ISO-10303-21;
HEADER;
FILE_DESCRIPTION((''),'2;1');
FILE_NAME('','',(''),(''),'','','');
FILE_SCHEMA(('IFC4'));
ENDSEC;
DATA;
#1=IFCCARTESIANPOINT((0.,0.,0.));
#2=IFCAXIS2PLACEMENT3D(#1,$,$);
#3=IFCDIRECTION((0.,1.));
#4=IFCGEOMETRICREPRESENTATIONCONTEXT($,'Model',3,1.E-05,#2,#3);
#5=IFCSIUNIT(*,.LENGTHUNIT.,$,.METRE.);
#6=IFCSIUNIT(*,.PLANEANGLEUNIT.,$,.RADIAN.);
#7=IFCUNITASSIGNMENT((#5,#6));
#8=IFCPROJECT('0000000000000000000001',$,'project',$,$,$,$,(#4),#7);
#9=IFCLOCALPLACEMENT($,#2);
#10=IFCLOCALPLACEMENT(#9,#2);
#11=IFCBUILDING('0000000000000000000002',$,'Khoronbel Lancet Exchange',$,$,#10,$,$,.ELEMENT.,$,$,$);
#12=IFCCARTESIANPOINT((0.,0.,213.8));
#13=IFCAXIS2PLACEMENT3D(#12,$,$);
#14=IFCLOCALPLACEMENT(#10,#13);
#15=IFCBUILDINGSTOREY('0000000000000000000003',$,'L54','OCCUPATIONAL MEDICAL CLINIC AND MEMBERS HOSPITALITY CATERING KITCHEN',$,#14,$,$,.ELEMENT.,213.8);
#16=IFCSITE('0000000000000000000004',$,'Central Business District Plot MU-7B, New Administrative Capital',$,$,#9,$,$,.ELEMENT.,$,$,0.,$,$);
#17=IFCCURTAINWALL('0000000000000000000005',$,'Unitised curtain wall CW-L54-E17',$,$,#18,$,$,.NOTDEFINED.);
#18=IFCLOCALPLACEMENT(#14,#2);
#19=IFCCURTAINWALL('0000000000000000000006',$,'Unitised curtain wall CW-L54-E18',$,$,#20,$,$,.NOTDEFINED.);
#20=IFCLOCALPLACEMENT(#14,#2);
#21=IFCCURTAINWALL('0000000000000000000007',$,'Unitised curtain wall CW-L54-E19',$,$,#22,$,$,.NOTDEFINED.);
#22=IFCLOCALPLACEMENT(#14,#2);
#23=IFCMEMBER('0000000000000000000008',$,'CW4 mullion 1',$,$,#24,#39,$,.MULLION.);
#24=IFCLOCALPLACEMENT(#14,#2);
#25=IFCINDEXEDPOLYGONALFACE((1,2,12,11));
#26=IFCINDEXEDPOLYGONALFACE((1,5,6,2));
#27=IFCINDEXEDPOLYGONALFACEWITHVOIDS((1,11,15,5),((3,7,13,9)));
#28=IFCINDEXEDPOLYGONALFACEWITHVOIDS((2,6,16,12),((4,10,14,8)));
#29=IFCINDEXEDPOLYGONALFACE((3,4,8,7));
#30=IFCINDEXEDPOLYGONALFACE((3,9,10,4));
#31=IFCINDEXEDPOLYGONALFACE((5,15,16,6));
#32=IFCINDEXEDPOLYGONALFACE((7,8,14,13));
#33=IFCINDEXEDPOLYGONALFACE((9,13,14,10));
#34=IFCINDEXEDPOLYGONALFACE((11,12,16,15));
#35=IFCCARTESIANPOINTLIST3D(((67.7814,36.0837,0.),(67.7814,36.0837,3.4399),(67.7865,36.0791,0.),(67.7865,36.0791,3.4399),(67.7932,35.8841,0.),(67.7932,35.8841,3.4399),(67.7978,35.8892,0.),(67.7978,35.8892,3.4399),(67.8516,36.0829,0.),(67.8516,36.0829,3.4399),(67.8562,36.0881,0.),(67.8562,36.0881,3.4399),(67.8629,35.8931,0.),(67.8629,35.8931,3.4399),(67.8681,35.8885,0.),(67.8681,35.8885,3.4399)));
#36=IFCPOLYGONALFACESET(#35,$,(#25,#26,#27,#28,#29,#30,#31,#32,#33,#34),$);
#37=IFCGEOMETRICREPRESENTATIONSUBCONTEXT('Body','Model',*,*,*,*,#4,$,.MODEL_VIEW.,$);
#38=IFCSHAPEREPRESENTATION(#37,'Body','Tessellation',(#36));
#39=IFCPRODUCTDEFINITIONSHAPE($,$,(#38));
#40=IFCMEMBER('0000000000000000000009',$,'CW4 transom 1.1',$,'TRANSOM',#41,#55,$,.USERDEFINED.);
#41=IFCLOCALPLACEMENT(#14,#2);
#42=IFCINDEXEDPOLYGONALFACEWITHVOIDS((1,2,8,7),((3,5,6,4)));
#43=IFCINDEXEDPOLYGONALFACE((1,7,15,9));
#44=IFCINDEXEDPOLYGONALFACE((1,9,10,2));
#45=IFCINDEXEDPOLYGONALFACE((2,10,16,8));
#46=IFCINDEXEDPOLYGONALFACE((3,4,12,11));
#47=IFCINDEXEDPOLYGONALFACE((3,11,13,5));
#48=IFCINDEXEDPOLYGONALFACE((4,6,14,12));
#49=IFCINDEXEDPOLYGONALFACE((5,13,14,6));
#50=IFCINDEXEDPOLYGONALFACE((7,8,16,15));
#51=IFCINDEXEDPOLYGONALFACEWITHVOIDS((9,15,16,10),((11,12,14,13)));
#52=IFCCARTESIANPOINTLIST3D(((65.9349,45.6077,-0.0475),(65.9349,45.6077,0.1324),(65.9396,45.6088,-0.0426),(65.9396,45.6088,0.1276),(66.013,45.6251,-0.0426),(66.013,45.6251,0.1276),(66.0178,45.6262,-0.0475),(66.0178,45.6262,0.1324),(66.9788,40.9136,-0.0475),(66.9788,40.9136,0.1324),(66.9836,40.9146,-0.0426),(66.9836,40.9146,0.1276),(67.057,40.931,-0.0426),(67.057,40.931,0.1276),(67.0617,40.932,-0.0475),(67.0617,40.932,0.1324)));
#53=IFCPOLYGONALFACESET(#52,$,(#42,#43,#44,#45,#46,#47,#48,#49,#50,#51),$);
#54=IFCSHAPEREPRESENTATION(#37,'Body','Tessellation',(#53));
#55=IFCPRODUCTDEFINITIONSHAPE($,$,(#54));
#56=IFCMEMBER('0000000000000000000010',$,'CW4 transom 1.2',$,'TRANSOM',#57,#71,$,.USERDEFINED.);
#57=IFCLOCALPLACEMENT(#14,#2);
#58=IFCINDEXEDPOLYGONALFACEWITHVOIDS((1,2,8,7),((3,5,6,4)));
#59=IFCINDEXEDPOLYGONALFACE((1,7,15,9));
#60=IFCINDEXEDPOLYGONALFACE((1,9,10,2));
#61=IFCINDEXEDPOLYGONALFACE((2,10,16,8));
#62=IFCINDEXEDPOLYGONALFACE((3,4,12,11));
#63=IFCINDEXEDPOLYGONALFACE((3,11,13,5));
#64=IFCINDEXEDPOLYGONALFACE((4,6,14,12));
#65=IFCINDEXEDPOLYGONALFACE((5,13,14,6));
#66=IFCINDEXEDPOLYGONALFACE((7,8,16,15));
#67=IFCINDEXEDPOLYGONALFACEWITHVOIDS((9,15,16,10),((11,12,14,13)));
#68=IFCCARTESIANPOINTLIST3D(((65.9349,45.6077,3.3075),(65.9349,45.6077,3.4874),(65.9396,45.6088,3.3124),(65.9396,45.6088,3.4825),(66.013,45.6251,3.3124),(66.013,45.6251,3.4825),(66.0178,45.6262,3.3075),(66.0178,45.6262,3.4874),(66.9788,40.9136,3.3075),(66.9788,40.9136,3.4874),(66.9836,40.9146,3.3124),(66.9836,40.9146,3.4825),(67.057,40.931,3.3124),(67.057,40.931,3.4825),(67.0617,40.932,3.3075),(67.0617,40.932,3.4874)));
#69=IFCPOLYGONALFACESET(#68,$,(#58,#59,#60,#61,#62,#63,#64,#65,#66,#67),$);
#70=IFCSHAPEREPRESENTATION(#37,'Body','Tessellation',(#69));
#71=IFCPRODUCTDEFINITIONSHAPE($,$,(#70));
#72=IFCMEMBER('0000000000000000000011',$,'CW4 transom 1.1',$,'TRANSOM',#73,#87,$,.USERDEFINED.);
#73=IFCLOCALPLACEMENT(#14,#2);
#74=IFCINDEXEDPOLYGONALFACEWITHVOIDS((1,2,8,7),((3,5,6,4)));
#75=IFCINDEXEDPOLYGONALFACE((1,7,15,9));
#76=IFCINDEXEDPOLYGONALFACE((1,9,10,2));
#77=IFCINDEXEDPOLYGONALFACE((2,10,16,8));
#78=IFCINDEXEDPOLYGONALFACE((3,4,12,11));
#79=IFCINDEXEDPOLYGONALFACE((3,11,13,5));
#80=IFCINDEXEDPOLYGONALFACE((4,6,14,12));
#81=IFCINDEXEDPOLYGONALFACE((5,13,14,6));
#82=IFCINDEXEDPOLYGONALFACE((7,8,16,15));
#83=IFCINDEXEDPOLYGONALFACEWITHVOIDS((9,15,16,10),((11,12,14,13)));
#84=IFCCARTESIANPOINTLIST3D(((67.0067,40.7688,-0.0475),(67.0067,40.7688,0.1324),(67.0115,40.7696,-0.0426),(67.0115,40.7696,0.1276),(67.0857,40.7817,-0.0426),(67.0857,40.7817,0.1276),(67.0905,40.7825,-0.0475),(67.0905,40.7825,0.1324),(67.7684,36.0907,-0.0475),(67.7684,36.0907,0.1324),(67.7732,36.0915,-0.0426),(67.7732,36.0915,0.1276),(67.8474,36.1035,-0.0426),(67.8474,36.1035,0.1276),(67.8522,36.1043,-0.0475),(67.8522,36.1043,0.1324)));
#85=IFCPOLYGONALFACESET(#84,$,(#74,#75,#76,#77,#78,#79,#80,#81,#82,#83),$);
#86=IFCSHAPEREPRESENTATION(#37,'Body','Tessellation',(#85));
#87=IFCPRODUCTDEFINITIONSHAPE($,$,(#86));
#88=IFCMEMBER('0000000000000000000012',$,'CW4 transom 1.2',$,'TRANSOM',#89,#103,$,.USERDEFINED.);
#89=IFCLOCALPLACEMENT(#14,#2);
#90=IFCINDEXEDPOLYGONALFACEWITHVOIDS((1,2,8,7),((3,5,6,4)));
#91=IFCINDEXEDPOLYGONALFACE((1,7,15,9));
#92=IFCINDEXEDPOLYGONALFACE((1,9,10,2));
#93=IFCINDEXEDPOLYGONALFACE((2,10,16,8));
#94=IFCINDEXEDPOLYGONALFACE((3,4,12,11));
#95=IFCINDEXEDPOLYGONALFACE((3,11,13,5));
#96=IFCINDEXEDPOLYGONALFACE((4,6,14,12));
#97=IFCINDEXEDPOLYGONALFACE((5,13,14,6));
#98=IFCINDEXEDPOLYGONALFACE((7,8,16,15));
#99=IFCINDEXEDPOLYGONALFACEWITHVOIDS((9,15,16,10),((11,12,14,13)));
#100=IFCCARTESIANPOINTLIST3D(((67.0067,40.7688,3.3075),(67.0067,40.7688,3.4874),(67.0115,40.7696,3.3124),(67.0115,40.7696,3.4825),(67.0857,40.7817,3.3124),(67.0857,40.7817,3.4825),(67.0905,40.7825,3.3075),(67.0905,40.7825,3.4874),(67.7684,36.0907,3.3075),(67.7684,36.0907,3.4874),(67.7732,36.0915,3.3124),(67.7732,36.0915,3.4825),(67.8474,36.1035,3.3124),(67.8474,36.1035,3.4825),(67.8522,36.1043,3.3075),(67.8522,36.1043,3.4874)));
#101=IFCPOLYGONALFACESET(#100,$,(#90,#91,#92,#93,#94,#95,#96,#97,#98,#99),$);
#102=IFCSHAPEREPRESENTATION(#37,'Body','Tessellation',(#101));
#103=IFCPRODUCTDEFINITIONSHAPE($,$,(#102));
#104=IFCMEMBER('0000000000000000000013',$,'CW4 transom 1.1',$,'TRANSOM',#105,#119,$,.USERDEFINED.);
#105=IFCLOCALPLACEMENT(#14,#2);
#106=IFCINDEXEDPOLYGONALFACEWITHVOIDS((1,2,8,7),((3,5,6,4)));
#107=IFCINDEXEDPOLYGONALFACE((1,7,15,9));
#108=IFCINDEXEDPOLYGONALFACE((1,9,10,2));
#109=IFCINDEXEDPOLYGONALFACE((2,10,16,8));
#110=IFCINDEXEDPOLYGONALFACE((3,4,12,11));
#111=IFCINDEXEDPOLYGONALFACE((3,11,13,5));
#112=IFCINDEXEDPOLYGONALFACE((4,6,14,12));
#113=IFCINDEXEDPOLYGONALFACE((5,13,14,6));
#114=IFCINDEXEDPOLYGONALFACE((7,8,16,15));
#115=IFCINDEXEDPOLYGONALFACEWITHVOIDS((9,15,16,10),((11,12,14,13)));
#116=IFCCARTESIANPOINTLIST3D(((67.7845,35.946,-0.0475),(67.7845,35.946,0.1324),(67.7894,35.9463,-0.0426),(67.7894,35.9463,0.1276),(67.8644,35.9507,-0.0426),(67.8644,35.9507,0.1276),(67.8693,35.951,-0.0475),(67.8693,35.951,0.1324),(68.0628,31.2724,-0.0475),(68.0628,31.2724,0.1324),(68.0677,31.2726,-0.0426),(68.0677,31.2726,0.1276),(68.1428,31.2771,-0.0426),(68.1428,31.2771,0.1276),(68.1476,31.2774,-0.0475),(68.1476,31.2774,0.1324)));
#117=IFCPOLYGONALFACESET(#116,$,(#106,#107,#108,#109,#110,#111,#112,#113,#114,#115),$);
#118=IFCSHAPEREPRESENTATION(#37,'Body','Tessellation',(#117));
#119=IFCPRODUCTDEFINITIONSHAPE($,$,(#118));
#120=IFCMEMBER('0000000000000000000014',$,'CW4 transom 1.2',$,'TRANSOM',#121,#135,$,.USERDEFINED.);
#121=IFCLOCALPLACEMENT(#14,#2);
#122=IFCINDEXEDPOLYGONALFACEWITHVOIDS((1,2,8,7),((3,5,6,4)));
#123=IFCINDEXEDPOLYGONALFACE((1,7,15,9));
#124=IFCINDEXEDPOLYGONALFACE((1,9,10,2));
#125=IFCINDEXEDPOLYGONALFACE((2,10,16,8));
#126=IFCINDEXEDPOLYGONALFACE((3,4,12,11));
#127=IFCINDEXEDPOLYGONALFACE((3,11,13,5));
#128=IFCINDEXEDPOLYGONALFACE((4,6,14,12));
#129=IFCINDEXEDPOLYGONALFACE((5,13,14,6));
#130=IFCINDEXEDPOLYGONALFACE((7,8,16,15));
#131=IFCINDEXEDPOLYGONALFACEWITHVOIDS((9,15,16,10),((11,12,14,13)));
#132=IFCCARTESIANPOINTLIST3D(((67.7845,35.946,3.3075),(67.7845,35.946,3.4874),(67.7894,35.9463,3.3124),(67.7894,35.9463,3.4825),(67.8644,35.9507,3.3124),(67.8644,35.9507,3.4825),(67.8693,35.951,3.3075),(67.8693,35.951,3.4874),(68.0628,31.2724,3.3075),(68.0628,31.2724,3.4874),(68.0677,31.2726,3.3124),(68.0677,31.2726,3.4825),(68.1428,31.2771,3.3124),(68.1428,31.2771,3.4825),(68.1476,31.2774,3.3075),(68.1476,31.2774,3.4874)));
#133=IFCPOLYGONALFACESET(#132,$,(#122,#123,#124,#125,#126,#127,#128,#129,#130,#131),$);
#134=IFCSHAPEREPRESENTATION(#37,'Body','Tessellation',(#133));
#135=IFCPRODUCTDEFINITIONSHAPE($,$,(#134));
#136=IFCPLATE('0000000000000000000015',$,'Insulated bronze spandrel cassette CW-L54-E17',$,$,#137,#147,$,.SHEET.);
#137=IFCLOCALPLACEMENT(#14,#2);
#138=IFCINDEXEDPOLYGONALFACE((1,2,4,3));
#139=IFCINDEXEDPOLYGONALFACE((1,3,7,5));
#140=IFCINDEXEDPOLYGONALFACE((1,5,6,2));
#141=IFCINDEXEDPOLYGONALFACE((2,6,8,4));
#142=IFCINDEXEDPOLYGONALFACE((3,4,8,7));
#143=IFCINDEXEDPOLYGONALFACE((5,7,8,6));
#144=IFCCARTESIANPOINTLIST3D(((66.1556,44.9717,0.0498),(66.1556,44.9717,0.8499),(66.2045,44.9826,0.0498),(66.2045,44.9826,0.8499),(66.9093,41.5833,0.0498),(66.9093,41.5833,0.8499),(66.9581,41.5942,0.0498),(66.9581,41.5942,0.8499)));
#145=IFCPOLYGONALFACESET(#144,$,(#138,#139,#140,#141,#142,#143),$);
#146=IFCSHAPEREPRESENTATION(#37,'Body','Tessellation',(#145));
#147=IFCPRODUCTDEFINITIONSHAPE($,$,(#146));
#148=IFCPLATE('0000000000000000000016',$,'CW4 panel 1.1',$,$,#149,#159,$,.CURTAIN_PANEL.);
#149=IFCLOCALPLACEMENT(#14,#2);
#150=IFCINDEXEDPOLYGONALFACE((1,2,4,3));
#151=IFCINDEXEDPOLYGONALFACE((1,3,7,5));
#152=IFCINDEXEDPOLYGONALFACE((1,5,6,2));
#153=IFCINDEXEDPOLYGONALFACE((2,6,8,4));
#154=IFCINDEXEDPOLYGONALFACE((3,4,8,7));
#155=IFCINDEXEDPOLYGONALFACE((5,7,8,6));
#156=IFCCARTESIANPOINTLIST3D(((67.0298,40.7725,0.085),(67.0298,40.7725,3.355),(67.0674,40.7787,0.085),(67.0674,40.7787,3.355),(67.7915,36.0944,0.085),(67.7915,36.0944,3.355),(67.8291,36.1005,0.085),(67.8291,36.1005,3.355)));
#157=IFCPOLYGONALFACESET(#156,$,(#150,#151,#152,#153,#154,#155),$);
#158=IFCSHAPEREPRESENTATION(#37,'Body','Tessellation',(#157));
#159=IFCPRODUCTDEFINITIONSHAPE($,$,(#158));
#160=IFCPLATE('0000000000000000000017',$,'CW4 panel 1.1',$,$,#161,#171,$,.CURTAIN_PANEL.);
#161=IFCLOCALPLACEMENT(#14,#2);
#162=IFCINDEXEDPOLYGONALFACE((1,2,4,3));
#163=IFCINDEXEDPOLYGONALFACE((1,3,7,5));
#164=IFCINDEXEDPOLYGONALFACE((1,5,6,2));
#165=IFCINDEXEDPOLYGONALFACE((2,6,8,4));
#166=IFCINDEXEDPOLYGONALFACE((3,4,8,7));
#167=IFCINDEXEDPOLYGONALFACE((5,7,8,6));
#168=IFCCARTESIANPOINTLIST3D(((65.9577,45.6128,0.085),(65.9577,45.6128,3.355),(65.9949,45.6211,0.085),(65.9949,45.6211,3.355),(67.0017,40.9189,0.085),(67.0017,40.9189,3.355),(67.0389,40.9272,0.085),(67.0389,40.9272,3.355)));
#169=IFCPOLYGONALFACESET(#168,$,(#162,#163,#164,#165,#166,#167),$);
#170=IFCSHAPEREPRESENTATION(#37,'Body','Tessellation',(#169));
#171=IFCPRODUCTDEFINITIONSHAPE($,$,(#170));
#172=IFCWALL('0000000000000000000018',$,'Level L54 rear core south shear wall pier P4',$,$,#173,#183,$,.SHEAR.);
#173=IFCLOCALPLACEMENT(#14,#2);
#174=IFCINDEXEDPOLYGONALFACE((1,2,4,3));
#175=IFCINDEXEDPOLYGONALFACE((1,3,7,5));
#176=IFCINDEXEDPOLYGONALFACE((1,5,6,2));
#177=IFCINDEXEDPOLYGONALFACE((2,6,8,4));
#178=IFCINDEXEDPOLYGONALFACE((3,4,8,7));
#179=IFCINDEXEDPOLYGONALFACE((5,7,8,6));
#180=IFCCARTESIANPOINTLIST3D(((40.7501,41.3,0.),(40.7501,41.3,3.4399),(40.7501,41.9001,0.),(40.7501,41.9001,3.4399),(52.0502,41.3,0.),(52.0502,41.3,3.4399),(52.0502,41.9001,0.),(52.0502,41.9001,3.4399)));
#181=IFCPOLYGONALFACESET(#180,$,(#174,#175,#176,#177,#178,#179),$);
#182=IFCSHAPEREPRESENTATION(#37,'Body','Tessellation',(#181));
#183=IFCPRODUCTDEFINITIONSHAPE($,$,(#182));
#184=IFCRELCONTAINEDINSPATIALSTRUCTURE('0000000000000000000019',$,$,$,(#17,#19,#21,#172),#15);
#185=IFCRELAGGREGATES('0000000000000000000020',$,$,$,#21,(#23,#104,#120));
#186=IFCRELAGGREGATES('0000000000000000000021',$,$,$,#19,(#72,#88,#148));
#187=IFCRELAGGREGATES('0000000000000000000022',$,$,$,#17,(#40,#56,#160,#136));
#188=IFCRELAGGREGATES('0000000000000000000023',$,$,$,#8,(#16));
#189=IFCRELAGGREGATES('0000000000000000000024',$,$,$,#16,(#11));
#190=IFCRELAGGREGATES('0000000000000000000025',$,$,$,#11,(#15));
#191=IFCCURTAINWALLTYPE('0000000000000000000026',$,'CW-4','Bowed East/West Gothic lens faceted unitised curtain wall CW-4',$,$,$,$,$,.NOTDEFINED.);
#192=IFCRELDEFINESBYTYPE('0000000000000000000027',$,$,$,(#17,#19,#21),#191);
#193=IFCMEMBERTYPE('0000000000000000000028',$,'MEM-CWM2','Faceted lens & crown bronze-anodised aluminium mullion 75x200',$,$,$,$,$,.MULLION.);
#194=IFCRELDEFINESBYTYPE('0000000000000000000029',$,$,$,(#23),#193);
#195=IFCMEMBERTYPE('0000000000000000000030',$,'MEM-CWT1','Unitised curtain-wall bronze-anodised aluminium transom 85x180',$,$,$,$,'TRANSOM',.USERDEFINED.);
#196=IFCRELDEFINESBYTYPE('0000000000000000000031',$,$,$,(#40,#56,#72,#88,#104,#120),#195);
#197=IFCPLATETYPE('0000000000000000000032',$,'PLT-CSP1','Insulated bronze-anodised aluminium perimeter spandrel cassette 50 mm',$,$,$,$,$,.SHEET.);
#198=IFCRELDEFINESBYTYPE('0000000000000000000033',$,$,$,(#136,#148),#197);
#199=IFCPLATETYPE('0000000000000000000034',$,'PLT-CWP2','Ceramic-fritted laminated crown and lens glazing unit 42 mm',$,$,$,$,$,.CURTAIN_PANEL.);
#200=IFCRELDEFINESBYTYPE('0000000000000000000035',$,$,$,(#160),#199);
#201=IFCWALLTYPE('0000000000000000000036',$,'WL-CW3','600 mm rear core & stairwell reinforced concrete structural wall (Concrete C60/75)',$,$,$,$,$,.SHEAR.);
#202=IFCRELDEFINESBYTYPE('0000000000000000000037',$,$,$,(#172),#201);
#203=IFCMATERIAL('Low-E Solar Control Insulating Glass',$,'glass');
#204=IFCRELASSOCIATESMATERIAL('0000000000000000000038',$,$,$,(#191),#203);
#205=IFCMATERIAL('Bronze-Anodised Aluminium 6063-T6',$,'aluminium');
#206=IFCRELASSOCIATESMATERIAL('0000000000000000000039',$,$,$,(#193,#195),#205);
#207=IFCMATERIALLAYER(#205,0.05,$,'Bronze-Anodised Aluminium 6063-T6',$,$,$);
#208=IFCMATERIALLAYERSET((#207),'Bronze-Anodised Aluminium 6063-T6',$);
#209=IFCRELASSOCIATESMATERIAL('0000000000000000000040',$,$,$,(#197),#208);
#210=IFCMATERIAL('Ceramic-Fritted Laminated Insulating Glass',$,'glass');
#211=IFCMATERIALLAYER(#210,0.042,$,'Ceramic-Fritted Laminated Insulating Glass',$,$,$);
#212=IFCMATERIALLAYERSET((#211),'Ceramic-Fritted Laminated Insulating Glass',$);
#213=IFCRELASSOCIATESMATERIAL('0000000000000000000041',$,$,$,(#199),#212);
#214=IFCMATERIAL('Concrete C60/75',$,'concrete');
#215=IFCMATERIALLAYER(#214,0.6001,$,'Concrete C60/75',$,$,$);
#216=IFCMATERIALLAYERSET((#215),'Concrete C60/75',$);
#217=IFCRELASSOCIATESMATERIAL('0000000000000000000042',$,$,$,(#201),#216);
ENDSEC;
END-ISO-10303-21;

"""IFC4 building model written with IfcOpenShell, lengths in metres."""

from ifc_helpers import new_model, si_unit, direction, frame, frame_2d, origin, origin_2d, place, context, subcontext, project, spatial, rectangle, hollow_rectangle, extrude, material, layer, layer_set, material_profile, profile_set, type_object, element, aggregate, save


model = new_model("IFC4")

# Units and contexts
model_context = context("Model", 3, precision=1e-05, world=origin(), true_north=direction((0.0, 1.0)))
body_context = subcontext(model_context, "Body", "Model", "MODEL_VIEW")
ifc_project = project(units=[si_unit("LENGTHUNIT", "METRE"), si_unit("PLANEANGLEUNIT", "RADIAN")], contexts=[model_context])

# Site, building, storey
site_placement = place(None, origin())
site = spatial("IfcSite", under=ifc_project, at=site_placement, Name="Central Business District Plot MU-7B, New Administrative Capital", CompositionType="ELEMENT", RefElevation=0.0)
building_placement = place(site_placement, origin())
building = spatial("IfcBuilding", under=site, at=building_placement, Name="Khoronbel Lancet Exchange", CompositionType="ELEMENT")
storey_placement = place(building_placement, frame((0.0, 0.0, 213.8)))
storey = spatial("IfcBuildingStorey", under=building, at=storey_placement, Name="L54", Description="OCCUPATIONAL MEDICAL CLINIC AND MEMBERS HOSPITALITY CATERING KITCHEN", CompositionType="ELEMENT", Elevation=213.8)

# Shared definitions
ifc_material_1 = material(Name="Concrete C60/75", Category="concrete")

# Curtain walls
ifc_material_2 = material(Name="Low-E Solar Control Insulating Glass", Category="glass")
curtain_wall_type = type_object("IfcCurtainWallType", Name="CW-4", Description="Bowed East/West Gothic lens faceted unitised curtain wall CW-4", PredefinedType="NOTDEFINED", material=ifc_material_2)
curtain_wall_1_placement = place(storey_placement, origin())
curtain_wall_1 = element("IfcCurtainWall", 1, at=curtain_wall_1_placement, inside=storey, type_object=curtain_wall_type, Name="Unitised curtain wall CW-L54-E17", PredefinedType="NOTDEFINED")
ifc_material_3 = material(Name="Bronze-Anodised Aluminium 6063-T6", Category="aluminium")
ifc_material_profile_1 = material_profile(ifc_material_3, hollow_rectangle(XDim=0.075, YDim=0.2, WallThickness=0.0049, at=origin_2d()), Name="ALU MULLION 75x200")
ifc_profile_set_1 = profile_set([ifc_material_profile_1], Name="Bronze-Anodised Aluminium 6063-T6")
member_type_1 = type_object("IfcMemberType", Name="MEM-CWM2", Description="Faceted lens & crown bronze-anodised aluminium mullion 75x200", PredefinedType="MULLION", material=ifc_profile_set_1)
curtain_wall_2_placement = place(storey_placement, origin())
curtain_wall_2 = element("IfcCurtainWall", 2, at=curtain_wall_2_placement, inside=storey, type_object=curtain_wall_type, Name="Unitised curtain wall CW-L54-E18", PredefinedType="NOTDEFINED")

# Curtain wall, member
curtain_wall_3_placement = place(storey_placement, origin())
curtain_wall_3 = element("IfcCurtainWall", 3, at=curtain_wall_3_placement, inside=storey, type_object=curtain_wall_type, Name="Unitised curtain wall CW-L54-E19", PredefinedType="NOTDEFINED")
member_1_placement = place(storey_placement, frame((67.8247, 35.9861, 0.0), z_axis=(0.0, 0.0, 1.0), x_axis=(0.99823, 0.059479, 0.0)))
member_1 = element("IfcMember", 4, at=member_1_placement, type_object=member_type_1, Name="CW4 mullion 1", PredefinedType="MULLION", context=body_context, shape_type="SweptSolid", body=[
    extrude(hollow_rectangle(XDim=0.075, YDim=0.2, WallThickness=0.0049, at=origin_2d()), origin(), (0.0, 0.0, 1.0), 3.4399),
])

# Members
ifc_material_profile_2 = material_profile(ifc_material_3, hollow_rectangle(XDim=0.085, YDim=0.1799, WallThickness=0.0049, at=origin_2d()), Name="ALU TRANSOM 85x180")
ifc_profile_set_2 = profile_set([ifc_material_profile_2], Name="Bronze-Anodised Aluminium 6063-T6")
member_type_2 = type_object("IfcMemberType", Name="MEM-CWT1", Description="Unitised curtain-wall bronze-anodised aluminium transom 85x180", ElementType="TRANSOM", PredefinedType="USERDEFINED", material=ifc_profile_set_2)
member_2_placement = place(storey_placement, frame((65.9763, 45.6169, 0.0425), z_axis=(0.217092, -0.976151, 0.0), x_axis=(0.976151, 0.217092, 0.0)))
member_2 = element("IfcMember", 5, at=member_2_placement, type_object=member_type_2, Name="CW4 transom 1.1", ObjectType="TRANSOM", PredefinedType="USERDEFINED", context=body_context, shape_type="SweptSolid", body=[
    extrude(hollow_rectangle(XDim=0.085, YDim=0.1799, WallThickness=0.0049, at=origin_2d()), origin(), (0.0, 0.0, 1.0), 4.8088),
])
member_3_placement = place(storey_placement, frame((65.9763, 45.6169, 3.3975), z_axis=(0.217092, -0.976151, 0.0), x_axis=(0.976151, 0.217092, 0.0)))
member_3 = element("IfcMember", 6, at=member_3_placement, type_object=member_type_2, Name="CW4 transom 1.2", ObjectType="TRANSOM", PredefinedType="USERDEFINED", context=body_context, shape_type="SweptSolid", body=[
    extrude(hollow_rectangle(XDim=0.085, YDim=0.1799, WallThickness=0.0049, at=origin_2d()), origin(), (0.0, 0.0, 1.0), 4.8088),
])
member_4_placement = place(storey_placement, frame((67.0486, 40.7756, 0.0425), z_axis=(0.160706, -0.987002, 0.0), x_axis=(0.987002, 0.160706, 0.0)))
member_4 = element("IfcMember", 7, at=member_4_placement, type_object=member_type_2, Name="CW4 transom 1.1", ObjectType="TRANSOM", PredefinedType="USERDEFINED", context=body_context, shape_type="SweptSolid", body=[
    extrude(hollow_rectangle(XDim=0.085, YDim=0.1799, WallThickness=0.0049, at=origin_2d()), origin(), (0.0, 0.0, 1.0), 4.7397),
])
member_5_placement = place(storey_placement, frame((67.0486, 40.7756, 3.3975), z_axis=(0.160706, -0.987002, 0.0), x_axis=(0.987002, 0.160706, 0.0)))
member_5 = element("IfcMember", 8, at=member_5_placement, type_object=member_type_2, Name="CW4 transom 1.2", ObjectType="TRANSOM", PredefinedType="USERDEFINED", context=body_context, shape_type="SweptSolid", body=[
    extrude(hollow_rectangle(XDim=0.085, YDim=0.1799, WallThickness=0.0049, at=origin_2d()), origin(), (0.0, 0.0, 1.0), 4.7397),
])
member_6_placement = place(storey_placement, frame((67.8269, 35.9485, 0.0425), z_axis=(0.059446, -0.998231, 0.0), x_axis=(0.998231, 0.059446, 0.0)))
member_6 = element("IfcMember", 9, at=member_6_placement, type_object=member_type_2, Name="CW4 transom 1.1", ObjectType="TRANSOM", PredefinedType="USERDEFINED", context=body_context, shape_type="SweptSolid", body=[
    extrude(hollow_rectangle(XDim=0.085, YDim=0.1799, WallThickness=0.0049, at=origin_2d()), origin(), (0.0, 0.0, 1.0), 4.6819),
])
member_7_placement = place(storey_placement, frame((67.8269, 35.9485, 3.3975), z_axis=(0.059446, -0.998231, 0.0), x_axis=(0.998231, 0.059446, 0.0)))
member_7 = element("IfcMember", 10, at=member_7_placement, type_object=member_type_2, Name="CW4 transom 1.2", ObjectType="TRANSOM", PredefinedType="USERDEFINED", context=body_context, shape_type="SweptSolid", body=[
    extrude(hollow_rectangle(XDim=0.085, YDim=0.1799, WallThickness=0.0049, at=origin_2d()), origin(), (0.0, 0.0, 1.0), 4.6819),
])
aggregate(curtain_wall_3, [member_1, member_6, member_7])

# Plates
ifc_layer_1 = layer(ifc_material_3, 0.05, Name="Bronze-Anodised Aluminium 6063-T6")
ifc_layer_set_1 = layer_set([ifc_layer_1], Name="Bronze-Anodised Aluminium 6063-T6")
plate_type_1 = type_object("IfcPlateType", Name="PLT-CSP1", Description="Insulated bronze-anodised aluminium perimeter spandrel cassette 50 mm", PredefinedType="SHEET", material=ifc_layer_set_1)
plate_1_placement = place(storey_placement, frame((66.5569, 43.283, 0.0498), z_axis=(0.0, 0.0, 1.0), x_axis=(0.217114, -0.976146, 0.0)))
plate_1 = element("IfcPlate", 11, at=plate_1_placement, type_object=plate_type_1, Name="Insulated bronze spandrel cassette CW-L54-E17", PredefinedType="SHEET", context=body_context, shape_type="SweptSolid", body=[
    extrude(rectangle(XDim=3.4712, YDim=0.05, at=origin_2d()), origin(), (0.0, 0.0, 1.0), 0.8),
])
plate_2_placement = place(storey_placement, frame((67.4294, 38.4365, 0.085), z_axis=(0.0, 0.0, 1.0), x_axis=(0.1607, -0.987003, 0.0)))
plate_2 = element("IfcPlate", 12, at=plate_2_placement, type_object=plate_type_1, Name="CW4 panel 1.1", PredefinedType="CURTAIN_PANEL", context=body_context, shape_type="SweptSolid", body=[
    extrude(rectangle(XDim=4.7397, YDim=0.0381, at=origin_2d()), origin(), (0.0, 0.0, 1.0), 3.27),
])
aggregate(curtain_wall_2, [member_4, member_5, plate_2])
ifc_material_4 = material(Name="Ceramic-Fritted Laminated Insulating Glass", Category="glass")
ifc_layer_2 = layer(ifc_material_4, 0.042, Name="Ceramic-Fritted Laminated Insulating Glass")
ifc_layer_set_2 = layer_set([ifc_layer_2], Name="Ceramic-Fritted Laminated Insulating Glass")
plate_type_2 = type_object("IfcPlateType", Name="PLT-CWP2", Description="Ceramic-fritted laminated crown and lens glazing unit 42 mm", PredefinedType="CURTAIN_PANEL", material=ifc_layer_set_2)
plate_3_placement = place(storey_placement, frame((66.4983, 43.27, 0.085), z_axis=(0.0, 0.0, 1.0), x_axis=(0.217114, -0.976146, 0.0)))
plate_3 = element("IfcPlate", 13, at=plate_3_placement, type_object=plate_type_2, Name="CW4 panel 1.1", PredefinedType="CURTAIN_PANEL", context=body_context, shape_type="SweptSolid", body=[
    extrude(rectangle(XDim=4.8086, YDim=0.0381, at=origin_2d()), origin(), (0.0, 0.0, 1.0), 3.27),
])
aggregate(curtain_wall_1, [member_2, member_3, plate_3, plate_1])

# Wall
ifc_layer_3 = layer(ifc_material_1, 0.6001, Name="Concrete C60/75")
ifc_layer_set_3 = layer_set([ifc_layer_3], Name="Concrete C60/75")
wall_type_1 = type_object("IfcWallType", Name="WL-CW3", Description="600 mm rear core & stairwell reinforced concrete structural wall (Concrete C60/75)", PredefinedType="SHEAR", material=ifc_layer_set_3)
wall_1_placement = place(storey_placement, frame((52.05, 41.6001, 0.0), z_axis=(0.0, 0.0, 1.0), x_axis=(-1.0, 0.0, 0.0)))
element("IfcWall", 14, at=wall_1_placement, inside=storey, type_object=wall_type_1, Name="Level L54 rear core south shear wall pier P4", PredefinedType="SHEAR", context=body_context, shape_type="SweptSolid", body=[
    extrude(rectangle(XDim=11.3, YDim=0.6001, at=frame_2d((5.6499, 0.0))), origin(), (0.0, 0.0, 1.0), 3.4399),
])

save(model, "model.ifc")
